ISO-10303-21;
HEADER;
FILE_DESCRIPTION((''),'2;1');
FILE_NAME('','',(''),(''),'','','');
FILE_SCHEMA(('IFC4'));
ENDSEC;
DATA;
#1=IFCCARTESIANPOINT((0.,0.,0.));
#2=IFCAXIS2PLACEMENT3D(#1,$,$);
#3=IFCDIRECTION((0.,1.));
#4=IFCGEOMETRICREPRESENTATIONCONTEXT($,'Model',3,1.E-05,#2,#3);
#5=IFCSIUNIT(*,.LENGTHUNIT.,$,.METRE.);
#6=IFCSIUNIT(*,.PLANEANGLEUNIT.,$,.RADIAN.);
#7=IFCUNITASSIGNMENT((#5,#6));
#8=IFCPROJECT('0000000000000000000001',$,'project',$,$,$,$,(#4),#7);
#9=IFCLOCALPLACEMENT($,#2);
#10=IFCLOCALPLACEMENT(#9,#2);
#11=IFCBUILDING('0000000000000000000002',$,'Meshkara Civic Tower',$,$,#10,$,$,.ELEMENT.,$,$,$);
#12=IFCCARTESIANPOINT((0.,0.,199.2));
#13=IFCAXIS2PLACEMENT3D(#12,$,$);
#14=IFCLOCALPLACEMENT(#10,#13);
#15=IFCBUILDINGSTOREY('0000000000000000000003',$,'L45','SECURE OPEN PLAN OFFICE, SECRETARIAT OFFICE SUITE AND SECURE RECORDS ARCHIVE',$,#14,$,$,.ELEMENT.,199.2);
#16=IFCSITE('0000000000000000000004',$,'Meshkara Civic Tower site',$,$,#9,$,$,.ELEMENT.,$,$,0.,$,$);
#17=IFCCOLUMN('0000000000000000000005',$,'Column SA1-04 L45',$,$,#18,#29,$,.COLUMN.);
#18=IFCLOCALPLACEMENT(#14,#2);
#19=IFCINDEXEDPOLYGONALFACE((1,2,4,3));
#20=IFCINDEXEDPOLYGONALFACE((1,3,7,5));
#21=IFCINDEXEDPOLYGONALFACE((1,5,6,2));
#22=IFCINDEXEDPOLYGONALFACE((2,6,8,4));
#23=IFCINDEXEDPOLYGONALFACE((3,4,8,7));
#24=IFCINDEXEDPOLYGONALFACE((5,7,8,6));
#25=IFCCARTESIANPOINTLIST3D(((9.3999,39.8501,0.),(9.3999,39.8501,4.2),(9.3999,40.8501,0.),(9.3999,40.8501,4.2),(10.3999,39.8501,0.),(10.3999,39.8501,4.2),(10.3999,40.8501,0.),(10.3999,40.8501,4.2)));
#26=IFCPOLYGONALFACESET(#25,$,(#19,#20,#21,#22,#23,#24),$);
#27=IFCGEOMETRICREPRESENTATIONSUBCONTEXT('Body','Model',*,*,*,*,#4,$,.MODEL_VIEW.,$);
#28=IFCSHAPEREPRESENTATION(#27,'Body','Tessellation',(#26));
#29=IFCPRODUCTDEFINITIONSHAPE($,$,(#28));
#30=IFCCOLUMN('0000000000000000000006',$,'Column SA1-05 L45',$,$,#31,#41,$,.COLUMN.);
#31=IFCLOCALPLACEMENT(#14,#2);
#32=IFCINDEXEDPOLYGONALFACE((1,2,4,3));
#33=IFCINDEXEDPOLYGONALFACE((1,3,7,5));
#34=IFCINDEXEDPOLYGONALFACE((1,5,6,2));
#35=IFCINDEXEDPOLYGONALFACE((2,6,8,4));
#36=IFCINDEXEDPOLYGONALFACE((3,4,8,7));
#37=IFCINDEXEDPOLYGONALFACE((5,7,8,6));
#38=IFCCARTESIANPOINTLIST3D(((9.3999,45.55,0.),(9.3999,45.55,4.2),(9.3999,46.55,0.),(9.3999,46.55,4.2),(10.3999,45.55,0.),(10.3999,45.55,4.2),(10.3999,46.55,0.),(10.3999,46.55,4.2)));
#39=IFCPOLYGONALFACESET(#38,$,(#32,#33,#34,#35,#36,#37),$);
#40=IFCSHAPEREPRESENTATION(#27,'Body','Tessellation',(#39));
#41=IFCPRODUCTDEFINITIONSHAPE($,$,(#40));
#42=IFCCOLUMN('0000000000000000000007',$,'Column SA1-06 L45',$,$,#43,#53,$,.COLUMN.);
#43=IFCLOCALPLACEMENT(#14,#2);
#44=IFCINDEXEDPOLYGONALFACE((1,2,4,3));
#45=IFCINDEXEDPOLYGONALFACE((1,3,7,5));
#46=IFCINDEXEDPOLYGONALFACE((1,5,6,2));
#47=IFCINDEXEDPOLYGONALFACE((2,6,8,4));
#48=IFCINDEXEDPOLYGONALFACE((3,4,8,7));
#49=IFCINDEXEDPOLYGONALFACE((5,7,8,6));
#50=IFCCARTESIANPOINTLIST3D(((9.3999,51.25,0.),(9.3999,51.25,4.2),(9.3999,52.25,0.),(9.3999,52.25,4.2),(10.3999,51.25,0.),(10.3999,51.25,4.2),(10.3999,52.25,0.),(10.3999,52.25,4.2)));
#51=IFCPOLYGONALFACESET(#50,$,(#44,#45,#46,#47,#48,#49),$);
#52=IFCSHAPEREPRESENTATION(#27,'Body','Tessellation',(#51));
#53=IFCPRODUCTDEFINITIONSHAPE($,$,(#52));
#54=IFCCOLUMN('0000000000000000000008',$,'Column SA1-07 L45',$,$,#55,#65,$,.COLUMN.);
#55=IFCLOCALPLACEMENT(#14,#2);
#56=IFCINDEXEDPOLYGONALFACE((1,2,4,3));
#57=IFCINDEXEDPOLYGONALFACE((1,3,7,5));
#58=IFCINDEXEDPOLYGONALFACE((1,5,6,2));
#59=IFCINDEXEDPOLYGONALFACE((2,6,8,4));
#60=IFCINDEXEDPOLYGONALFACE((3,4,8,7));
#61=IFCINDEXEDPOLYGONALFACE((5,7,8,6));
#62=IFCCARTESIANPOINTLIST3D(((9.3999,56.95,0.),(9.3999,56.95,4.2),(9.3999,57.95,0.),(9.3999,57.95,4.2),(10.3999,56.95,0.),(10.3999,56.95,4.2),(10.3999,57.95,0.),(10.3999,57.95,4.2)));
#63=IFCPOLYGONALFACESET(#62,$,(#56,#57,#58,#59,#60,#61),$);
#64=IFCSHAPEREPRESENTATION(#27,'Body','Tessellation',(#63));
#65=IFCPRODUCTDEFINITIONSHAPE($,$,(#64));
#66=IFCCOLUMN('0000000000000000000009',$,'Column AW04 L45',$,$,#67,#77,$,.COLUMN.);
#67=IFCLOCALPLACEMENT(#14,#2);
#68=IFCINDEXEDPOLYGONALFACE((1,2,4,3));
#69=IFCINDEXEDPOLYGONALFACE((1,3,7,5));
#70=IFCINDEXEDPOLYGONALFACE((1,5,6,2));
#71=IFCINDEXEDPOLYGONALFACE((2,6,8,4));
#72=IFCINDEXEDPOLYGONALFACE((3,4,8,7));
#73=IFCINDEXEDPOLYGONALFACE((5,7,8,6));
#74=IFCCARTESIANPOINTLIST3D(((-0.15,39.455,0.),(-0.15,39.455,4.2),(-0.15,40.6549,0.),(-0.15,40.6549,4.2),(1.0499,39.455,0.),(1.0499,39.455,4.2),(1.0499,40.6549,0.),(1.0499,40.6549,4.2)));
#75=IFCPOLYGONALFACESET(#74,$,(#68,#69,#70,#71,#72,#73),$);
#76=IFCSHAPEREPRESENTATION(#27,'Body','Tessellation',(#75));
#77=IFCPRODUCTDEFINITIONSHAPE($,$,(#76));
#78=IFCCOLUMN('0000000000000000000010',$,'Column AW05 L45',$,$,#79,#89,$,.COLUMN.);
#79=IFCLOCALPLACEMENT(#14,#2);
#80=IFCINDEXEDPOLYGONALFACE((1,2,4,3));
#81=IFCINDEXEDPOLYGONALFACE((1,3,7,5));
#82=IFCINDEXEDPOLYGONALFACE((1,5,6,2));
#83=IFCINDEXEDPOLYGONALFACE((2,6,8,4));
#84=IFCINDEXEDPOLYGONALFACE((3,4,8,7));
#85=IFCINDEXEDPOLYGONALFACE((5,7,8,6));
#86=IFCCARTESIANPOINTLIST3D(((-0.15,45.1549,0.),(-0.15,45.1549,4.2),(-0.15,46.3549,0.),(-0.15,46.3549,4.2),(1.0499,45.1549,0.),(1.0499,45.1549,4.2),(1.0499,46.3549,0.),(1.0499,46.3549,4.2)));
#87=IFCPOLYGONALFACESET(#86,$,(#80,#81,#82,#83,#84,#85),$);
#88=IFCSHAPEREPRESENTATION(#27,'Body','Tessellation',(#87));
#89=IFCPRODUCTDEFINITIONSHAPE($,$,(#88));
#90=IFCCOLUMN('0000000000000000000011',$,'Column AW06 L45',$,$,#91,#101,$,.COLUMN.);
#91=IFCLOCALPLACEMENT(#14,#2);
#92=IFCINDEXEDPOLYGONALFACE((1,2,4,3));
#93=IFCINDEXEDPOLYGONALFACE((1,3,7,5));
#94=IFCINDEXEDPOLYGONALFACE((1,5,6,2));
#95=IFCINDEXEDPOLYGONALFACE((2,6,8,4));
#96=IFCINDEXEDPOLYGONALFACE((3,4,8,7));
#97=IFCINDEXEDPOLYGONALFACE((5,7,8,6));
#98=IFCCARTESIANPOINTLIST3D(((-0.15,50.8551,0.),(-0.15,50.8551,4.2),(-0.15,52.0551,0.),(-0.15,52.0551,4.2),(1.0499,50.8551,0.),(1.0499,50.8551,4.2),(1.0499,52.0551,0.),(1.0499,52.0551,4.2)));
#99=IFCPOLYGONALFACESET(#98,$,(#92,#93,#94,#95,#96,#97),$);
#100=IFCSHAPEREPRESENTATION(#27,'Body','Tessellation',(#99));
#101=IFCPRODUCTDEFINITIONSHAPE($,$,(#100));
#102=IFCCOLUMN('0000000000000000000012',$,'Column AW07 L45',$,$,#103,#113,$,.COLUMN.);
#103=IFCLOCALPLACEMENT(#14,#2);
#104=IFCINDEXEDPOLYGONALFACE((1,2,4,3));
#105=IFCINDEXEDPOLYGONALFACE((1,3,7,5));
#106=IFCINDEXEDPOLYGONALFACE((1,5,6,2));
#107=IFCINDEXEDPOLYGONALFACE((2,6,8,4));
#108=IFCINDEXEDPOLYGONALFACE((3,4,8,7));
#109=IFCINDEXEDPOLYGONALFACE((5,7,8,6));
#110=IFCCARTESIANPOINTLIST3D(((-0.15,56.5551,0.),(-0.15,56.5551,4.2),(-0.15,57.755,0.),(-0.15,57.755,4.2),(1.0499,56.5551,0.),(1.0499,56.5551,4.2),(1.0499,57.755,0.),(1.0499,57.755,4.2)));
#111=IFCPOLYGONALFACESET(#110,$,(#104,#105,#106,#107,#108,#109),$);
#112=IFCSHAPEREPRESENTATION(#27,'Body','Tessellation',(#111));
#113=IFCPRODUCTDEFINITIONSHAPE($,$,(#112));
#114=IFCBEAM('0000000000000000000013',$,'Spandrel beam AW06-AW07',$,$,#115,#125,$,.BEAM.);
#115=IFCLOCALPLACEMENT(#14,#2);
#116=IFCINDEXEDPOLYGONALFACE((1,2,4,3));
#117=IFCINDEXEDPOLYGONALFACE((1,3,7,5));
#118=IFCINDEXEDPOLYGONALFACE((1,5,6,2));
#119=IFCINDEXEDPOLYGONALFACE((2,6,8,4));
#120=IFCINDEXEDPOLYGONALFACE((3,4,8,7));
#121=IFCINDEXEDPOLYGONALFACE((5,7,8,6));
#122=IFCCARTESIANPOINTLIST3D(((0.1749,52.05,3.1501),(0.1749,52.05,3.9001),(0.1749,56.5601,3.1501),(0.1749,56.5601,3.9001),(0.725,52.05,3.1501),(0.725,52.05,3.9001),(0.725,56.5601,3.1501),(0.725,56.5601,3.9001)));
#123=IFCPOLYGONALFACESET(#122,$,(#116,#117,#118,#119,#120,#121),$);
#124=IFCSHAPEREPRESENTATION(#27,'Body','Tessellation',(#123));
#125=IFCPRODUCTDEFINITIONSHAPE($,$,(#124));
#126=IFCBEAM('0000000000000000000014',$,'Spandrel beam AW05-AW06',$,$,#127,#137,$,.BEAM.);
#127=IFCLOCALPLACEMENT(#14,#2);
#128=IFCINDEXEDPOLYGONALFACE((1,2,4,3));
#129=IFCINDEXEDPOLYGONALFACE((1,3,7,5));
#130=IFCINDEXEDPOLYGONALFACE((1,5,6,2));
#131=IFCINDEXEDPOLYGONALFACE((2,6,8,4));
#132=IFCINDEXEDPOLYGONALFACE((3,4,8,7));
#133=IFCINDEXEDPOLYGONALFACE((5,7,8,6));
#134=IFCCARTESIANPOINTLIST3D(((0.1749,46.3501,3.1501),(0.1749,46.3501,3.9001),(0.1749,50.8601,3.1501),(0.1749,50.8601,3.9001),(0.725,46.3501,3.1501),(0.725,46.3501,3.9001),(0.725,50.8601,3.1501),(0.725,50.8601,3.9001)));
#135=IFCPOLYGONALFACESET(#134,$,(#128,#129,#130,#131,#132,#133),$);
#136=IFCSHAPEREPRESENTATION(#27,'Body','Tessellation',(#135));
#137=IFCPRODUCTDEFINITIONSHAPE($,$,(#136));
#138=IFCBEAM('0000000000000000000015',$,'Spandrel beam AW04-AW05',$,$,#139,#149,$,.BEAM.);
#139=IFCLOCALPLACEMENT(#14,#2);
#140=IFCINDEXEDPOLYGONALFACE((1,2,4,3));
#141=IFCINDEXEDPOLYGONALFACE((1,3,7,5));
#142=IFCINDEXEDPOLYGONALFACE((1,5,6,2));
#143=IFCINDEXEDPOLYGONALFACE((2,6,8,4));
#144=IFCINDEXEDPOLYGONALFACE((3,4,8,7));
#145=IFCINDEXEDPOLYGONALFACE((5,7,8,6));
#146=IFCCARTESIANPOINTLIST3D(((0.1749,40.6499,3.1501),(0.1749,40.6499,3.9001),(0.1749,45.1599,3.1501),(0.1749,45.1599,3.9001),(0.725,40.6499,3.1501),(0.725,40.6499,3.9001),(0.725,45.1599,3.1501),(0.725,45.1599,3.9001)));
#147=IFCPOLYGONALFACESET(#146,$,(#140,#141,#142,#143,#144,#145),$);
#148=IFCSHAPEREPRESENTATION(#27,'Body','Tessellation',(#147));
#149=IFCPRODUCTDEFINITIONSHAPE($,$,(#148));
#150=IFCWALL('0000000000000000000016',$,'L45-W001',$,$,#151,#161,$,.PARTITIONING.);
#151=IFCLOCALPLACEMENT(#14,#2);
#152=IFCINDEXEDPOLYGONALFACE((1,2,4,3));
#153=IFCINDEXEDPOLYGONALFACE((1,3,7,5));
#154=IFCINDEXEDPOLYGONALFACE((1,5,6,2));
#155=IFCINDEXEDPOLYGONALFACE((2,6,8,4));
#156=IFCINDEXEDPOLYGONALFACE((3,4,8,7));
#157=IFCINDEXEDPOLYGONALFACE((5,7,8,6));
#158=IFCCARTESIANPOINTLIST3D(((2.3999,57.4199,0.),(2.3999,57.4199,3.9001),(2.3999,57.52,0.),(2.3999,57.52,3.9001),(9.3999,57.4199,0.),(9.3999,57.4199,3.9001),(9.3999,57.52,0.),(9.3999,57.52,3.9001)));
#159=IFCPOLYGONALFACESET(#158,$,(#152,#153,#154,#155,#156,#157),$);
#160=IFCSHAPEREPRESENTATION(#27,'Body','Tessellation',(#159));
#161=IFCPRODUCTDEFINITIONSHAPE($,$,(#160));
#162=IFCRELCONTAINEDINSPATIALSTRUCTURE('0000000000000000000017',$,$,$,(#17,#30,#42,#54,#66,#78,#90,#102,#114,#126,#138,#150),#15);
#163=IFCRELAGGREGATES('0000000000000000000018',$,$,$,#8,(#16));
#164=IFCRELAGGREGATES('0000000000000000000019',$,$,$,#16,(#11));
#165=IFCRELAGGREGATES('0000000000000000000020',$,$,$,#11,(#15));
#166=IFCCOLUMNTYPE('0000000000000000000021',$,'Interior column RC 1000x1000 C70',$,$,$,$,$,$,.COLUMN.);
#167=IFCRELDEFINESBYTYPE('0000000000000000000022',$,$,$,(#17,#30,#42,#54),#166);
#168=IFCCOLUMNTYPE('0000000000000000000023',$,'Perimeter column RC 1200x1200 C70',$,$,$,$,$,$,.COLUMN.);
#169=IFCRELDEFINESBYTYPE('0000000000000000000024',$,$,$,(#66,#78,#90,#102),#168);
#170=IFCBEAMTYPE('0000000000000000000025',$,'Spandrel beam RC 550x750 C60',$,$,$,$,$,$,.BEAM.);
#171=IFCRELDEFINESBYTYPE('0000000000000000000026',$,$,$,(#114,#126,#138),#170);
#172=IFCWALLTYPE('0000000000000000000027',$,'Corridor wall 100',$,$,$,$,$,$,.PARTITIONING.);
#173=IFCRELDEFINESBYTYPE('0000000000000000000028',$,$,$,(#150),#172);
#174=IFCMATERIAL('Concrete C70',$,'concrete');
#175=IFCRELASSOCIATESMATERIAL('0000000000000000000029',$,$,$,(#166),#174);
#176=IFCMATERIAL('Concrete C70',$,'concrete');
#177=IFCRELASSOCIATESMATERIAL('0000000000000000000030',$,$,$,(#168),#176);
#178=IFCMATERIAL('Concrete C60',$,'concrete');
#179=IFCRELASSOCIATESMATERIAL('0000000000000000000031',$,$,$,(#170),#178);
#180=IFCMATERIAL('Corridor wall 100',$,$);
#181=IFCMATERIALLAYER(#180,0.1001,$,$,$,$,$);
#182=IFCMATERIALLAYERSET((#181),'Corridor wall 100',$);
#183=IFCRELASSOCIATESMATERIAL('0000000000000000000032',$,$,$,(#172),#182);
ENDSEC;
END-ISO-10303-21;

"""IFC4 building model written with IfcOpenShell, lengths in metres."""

from ifc_helpers import new_model, si_unit, direction, frame, frame_2d, origin, origin_2d, place, context, subcontext, project, spatial, rectangle, extrude, material, layer, layer_set, material_profile, profile_set, type_object, element, save


model = new_model("IFC4")

# Units and contexts
model_context = context("Model", 3, precision=1e-05, world=origin(), true_north=direction((0.0, 1.0)))
body_context = subcontext(model_context, "Body", "Model", "MODEL_VIEW")
ifc_project = project(units=[si_unit("LENGTHUNIT", "METRE"), si_unit("PLANEANGLEUNIT", "RADIAN")], contexts=[model_context])

# Site, building, storey
site_placement = place(None, origin())
site = spatial("IfcSite", under=ifc_project, at=site_placement, Name="Meshkara Civic Tower site", CompositionType="ELEMENT", RefElevation=0.0)
building_placement = place(site_placement, origin())
building = spatial("IfcBuilding", under=site, at=building_placement, Name="Meshkara Civic Tower", CompositionType="ELEMENT")
storey_placement = place(building_placement, frame((0.0, 0.0, 199.2)))
storey = spatial("IfcBuildingStorey", under=building, at=storey_placement, Name="L45", Description="SECURE OPEN PLAN OFFICE, SECRETARIAT OFFICE SUITE AND SECURE RECORDS ARCHIVE", CompositionType="ELEMENT", Elevation=199.2)

# Columns
ifc_material_1 = material(Name="Concrete C70", Category="concrete")
ifc_material_profile_1 = material_profile(ifc_material_1, rectangle(XDim=1.0, YDim=1.0, at=origin_2d()))
ifc_profile_set_1 = profile_set([ifc_material_profile_1], Name="Concrete C70")
column_type_1 = type_object("IfcColumnType", Name="Interior column RC 1000x1000 C70", PredefinedType="COLUMN", material=ifc_profile_set_1)
for number, where, z_axis, x_axis, name in (
    (1, (9.8999, 40.3501, 0.0), (0.0, 0.0, 1.0), (1.0, 0.0, 0.0), "Column SA1-04 L45"),
    (2, (9.8999, 46.05, 0.0), (0.0, 0.0, 1.0), (1.0, 0.0, 0.0), "Column SA1-05 L45"),
    (3, (9.8999, 51.75, 0.0), (0.0, 0.0, 1.0), (1.0, 0.0, 0.0), "Column SA1-06 L45"),
    (4, (9.8999, 57.45, 0.0), (0.0, 0.0, 1.0), (1.0, 0.0, 0.0), "Column SA1-07 L45"),
):
    element("IfcColumn", number, at=place(storey_placement, frame(where, z_axis=z_axis, x_axis=x_axis)), inside=storey, type_object=column_type_1, Name=name, PredefinedType="COLUMN", context=body_context, shape_type="SweptSolid", body=[
        extrude(rectangle(XDim=1.0, YDim=1.0, at=origin_2d()), origin(), (0.0, 0.0, 1.0), 4.2),
    ])
ifc_material_2 = material(Name="Concrete C70", Category="concrete")
ifc_material_profile_2 = material_profile(ifc_material_2, rectangle(XDim=1.2, YDim=1.2, at=origin_2d()))
ifc_profile_set_2 = profile_set([ifc_material_profile_2], Name="Concrete C70")
column_type_2 = type_object("IfcColumnType", Name="Perimeter column RC 1200x1200 C70", PredefinedType="COLUMN", material=ifc_profile_set_2)
for number, where, z_axis, x_axis, name in (
    (5, (0.45, 40.0549, 0.0), (0.0, 0.0, 1.0), (1.0, 0.0, 0.0), "Column AW04 L45"),
    (6, (0.45, 45.7549, 0.0), (0.0, 0.0, 1.0), (1.0, 0.0, 0.0), "Column AW05 L45"),
    (7, (0.45, 51.4551, 0.0), (0.0, 0.0, 1.0), (1.0, 0.0, 0.0), "Column AW06 L45"),
    (8, (0.45, 57.155, 0.0), (0.0, 0.0, 1.0), (1.0, 0.0, 0.0), "Column AW07 L45"),
):
    element("IfcColumn", number, at=place(storey_placement, frame(where, z_axis=z_axis, x_axis=x_axis)), inside=storey, type_object=column_type_2, Name=name, PredefinedType="COLUMN", context=body_context, shape_type="SweptSolid", body=[
        extrude(rectangle(XDim=1.2, YDim=1.2, at=origin_2d()), origin(), (0.0, 0.0, 1.0), 4.2),
    ])

# Beams
ifc_material_3 = material(Name="Concrete C60", Category="concrete")
ifc_material_profile_3 = material_profile(ifc_material_3, rectangle(XDim=0.55, YDim=0.75, at=origin_2d()))
ifc_profile_set_3 = profile_set([ifc_material_profile_3], Name="Concrete C60")
beam_type = type_object("IfcBeamType", Name="Spandrel beam RC 550x750 C60", PredefinedType="BEAM", material=ifc_profile_set_3)
for number, where, z_axis, x_axis, name in (
    (9, (0.45, 56.5601, 3.5251), (0.0, -1.0, 0.0), (1.0, 0.0, 0.0), "Spandrel beam AW06-AW07"),
    (10, (0.45, 50.8601, 3.5251), (0.0, -1.0, 0.0), (1.0, 0.0, 0.0), "Spandrel beam AW05-AW06"),
    (11, (0.45, 45.1599, 3.5251), (0.0, -1.0, 0.0), (1.0, 0.0, 0.0), "Spandrel beam AW04-AW05"),
):
    element("IfcBeam", number, at=place(storey_placement, frame(where, z_axis=z_axis, x_axis=x_axis)), inside=storey, type_object=beam_type, Name=name, PredefinedType="BEAM", context=body_context, shape_type="SweptSolid", body=[
        extrude(rectangle(XDim=0.55, YDim=0.75, at=origin_2d()), origin(), (0.0, 0.0, 1.0), 4.51),
    ])

# Wall
ifc_material_4 = material(Name="Corridor wall 100")
ifc_layer_1 = layer(ifc_material_4, 0.1001)
ifc_layer_set_1 = layer_set([ifc_layer_1], Name="Corridor wall 100")
wall_type_1 = type_object("IfcWallType", Name="Corridor wall 100", PredefinedType="PARTITIONING", material=ifc_layer_set_1)
wall_1_placement = place(storey_placement, frame((2.3999, 57.47, 0.0), z_axis=(0.0, 0.0, 1.0), x_axis=(1.0, 0.0, 0.0)))
element("IfcWall", 12, at=wall_1_placement, inside=storey, type_object=wall_type_1, Name="L45-W001", PredefinedType="PARTITIONING", context=body_context, shape_type="SweptSolid", body=[
    extrude(rectangle(XDim=7.0, YDim=0.1001, at=frame_2d((3.5, 0.0))), origin(), (0.0, 0.0, 1.0), 3.9001),
])

save(model, "model.ifc")
